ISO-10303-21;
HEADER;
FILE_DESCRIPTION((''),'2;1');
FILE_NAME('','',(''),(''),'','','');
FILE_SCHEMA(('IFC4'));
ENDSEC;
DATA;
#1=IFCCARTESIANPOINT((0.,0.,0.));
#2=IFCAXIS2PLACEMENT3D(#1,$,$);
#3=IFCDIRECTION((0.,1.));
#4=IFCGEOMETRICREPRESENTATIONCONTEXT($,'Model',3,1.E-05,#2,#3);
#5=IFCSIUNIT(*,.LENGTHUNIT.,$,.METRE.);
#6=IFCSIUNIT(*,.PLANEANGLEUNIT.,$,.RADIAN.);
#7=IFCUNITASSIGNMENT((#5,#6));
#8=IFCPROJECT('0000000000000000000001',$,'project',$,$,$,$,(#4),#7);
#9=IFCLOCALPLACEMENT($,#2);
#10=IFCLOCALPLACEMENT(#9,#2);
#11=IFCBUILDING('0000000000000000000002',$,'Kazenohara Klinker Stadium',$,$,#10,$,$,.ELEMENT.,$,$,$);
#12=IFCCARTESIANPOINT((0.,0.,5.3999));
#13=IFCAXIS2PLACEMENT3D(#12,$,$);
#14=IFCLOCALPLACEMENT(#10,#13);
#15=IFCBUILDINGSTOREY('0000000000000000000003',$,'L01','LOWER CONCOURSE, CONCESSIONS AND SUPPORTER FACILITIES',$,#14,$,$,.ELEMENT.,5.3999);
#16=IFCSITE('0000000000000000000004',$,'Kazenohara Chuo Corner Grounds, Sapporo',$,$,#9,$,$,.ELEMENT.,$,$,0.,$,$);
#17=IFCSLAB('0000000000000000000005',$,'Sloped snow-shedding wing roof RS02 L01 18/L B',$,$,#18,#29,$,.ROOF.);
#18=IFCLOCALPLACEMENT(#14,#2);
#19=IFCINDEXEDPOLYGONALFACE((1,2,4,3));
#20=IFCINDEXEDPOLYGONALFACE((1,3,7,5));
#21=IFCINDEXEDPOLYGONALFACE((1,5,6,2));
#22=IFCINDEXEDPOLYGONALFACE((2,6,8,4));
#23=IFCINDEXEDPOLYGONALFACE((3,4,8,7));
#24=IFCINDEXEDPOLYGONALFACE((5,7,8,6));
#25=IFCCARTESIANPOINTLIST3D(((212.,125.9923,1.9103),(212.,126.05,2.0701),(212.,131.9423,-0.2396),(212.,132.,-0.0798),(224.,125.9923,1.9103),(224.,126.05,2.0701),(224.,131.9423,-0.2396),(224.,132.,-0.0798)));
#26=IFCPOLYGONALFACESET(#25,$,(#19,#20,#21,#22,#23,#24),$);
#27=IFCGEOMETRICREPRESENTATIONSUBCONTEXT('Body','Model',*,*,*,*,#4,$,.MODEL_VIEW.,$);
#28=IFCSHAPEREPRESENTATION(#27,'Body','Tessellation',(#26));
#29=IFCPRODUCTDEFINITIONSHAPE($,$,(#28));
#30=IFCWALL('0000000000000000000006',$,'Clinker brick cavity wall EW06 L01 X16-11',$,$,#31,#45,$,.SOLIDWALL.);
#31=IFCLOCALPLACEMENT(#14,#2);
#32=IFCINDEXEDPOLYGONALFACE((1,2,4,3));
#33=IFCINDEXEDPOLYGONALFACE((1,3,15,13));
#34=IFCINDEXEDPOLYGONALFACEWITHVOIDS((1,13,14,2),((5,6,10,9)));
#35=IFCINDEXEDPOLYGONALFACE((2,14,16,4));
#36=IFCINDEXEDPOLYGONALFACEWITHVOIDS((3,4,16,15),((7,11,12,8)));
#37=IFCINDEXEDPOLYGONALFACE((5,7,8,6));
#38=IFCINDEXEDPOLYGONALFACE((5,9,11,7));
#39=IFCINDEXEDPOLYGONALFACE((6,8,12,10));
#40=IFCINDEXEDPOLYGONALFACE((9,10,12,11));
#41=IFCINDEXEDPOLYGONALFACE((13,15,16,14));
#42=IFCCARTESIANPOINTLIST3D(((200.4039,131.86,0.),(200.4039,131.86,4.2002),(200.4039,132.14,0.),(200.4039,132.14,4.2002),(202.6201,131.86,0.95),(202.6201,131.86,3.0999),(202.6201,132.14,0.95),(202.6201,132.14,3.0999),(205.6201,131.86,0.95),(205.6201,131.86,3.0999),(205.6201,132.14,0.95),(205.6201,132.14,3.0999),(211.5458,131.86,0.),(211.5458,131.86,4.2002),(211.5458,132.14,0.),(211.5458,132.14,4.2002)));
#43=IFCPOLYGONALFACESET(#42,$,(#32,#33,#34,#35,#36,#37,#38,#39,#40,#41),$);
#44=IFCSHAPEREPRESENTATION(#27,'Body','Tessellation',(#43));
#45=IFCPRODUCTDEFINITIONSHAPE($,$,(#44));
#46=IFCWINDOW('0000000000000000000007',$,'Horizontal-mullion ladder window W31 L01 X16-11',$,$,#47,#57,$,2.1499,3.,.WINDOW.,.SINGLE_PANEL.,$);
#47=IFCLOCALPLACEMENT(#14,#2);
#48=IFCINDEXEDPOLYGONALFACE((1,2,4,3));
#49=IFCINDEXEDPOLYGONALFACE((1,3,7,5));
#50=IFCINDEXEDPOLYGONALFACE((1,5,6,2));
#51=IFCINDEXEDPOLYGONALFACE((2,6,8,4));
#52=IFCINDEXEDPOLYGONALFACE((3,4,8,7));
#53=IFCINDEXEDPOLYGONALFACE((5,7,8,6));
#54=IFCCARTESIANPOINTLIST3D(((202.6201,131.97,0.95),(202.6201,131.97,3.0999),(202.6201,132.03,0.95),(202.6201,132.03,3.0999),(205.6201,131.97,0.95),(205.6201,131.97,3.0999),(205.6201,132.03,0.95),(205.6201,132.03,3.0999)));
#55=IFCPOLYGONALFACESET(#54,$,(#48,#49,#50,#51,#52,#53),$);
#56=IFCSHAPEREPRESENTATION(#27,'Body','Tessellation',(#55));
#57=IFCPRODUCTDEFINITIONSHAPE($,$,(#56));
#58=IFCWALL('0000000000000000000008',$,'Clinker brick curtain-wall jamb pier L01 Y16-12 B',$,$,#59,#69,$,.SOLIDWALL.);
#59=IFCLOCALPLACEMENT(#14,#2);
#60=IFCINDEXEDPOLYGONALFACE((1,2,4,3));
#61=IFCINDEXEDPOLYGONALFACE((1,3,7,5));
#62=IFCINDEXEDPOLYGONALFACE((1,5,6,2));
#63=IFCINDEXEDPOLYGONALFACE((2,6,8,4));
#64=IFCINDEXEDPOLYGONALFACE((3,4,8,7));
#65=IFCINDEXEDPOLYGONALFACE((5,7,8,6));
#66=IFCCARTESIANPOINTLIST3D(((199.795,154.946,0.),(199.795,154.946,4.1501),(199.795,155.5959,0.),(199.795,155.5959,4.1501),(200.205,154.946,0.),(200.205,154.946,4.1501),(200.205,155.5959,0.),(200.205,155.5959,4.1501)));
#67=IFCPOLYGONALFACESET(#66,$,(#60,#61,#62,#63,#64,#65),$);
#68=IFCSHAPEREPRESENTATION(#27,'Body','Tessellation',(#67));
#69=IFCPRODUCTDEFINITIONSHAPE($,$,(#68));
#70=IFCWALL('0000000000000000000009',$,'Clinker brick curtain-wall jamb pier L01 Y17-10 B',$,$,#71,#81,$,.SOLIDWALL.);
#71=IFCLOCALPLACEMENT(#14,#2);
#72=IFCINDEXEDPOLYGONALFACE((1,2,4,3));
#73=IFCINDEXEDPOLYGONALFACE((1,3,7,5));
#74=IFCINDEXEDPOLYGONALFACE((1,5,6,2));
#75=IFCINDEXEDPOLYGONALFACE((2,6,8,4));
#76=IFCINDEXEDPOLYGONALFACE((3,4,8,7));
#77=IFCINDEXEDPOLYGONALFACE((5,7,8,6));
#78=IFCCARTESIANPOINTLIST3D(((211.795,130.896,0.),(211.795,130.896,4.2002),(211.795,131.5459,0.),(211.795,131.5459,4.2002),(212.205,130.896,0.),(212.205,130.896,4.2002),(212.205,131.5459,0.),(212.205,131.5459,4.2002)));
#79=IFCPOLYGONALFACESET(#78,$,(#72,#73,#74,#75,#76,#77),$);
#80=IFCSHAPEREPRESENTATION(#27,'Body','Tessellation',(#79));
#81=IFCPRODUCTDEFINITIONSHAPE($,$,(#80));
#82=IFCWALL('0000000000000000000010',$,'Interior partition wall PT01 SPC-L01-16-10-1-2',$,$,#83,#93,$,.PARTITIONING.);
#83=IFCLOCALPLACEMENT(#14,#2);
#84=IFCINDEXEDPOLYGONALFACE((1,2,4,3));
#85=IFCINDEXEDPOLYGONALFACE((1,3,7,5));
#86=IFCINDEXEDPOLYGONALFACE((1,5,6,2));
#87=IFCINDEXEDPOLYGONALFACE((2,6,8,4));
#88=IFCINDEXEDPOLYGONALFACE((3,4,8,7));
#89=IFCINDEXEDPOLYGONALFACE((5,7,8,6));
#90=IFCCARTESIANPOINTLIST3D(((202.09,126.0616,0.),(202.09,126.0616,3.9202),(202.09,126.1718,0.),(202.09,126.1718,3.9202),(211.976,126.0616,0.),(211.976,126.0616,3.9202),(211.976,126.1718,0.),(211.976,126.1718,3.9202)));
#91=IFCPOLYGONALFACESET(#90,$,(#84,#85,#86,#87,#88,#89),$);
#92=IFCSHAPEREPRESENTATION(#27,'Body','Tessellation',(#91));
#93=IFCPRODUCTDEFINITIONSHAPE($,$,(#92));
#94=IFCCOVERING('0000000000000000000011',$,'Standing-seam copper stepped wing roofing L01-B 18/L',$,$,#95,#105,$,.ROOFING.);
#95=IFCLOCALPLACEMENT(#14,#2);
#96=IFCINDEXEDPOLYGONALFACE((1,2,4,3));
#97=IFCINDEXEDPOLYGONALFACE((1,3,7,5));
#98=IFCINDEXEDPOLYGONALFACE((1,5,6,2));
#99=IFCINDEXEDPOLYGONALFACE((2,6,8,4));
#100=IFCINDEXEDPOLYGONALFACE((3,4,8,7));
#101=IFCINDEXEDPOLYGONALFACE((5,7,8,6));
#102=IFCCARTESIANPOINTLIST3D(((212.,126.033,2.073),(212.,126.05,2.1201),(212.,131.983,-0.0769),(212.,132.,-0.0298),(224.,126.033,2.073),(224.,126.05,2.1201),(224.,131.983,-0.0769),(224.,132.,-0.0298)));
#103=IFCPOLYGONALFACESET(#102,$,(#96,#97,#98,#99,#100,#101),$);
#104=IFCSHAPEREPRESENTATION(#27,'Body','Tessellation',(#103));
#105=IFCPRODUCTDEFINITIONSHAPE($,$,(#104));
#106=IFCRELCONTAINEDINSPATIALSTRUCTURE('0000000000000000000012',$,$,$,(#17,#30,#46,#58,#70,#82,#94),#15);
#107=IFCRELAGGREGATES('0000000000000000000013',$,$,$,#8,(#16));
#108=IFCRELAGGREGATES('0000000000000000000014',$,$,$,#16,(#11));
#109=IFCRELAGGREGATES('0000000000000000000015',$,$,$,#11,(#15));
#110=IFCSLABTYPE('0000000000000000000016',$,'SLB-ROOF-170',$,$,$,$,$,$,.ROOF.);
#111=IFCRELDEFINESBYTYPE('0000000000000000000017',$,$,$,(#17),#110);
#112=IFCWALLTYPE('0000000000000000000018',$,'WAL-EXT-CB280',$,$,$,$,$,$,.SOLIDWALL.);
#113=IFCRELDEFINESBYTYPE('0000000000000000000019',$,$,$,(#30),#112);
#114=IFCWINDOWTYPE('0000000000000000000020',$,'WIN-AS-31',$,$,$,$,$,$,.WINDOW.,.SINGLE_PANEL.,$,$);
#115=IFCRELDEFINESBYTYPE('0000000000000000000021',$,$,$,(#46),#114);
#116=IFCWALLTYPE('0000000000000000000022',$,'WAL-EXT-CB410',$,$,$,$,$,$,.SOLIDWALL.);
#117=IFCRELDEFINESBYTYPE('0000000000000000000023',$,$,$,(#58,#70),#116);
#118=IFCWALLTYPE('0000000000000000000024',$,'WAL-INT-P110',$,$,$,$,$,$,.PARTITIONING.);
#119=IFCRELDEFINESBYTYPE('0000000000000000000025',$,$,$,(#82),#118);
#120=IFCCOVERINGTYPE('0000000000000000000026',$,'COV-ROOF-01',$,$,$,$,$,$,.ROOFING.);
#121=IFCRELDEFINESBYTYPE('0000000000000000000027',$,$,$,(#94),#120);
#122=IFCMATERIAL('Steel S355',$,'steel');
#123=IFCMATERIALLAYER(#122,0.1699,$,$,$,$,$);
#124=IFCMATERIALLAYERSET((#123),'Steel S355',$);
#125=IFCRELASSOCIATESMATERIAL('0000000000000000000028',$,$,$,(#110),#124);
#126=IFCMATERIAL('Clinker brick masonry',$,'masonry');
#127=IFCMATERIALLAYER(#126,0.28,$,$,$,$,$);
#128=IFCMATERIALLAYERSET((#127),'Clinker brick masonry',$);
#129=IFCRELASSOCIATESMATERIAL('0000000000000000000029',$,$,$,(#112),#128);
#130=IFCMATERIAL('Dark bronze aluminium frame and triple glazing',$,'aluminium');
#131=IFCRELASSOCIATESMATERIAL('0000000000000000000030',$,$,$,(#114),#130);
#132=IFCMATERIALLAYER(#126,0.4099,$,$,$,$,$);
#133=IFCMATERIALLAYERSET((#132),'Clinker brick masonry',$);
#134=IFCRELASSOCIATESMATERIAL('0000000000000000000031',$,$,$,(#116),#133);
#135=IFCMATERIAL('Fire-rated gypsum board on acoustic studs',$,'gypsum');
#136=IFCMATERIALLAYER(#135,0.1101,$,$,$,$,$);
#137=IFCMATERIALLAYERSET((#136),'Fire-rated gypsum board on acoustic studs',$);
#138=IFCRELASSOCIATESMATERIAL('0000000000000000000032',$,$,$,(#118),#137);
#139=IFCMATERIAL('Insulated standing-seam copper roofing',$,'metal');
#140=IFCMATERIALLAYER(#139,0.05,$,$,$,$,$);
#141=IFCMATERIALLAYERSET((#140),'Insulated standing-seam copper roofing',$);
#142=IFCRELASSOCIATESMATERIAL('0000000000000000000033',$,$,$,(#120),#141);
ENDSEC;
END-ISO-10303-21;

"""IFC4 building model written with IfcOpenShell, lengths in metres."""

from ifc_helpers import new_model, si_unit, direction, frame, frame_2d, origin, place, context, subcontext, project, spatial, polyline, rectangle, outline, extrude, material, layer, layer_set, type_object, element, fill, save


model = new_model("IFC4")

# Units and contexts
model_context = context("Model", 3, precision=1e-05, world=origin(), true_north=direction((0.0, 1.0)))
body_context = subcontext(model_context, "Body", "Model", "MODEL_VIEW")
ifc_project = project(units=[si_unit("LENGTHUNIT", "METRE"), si_unit("PLANEANGLEUNIT", "RADIAN")], contexts=[model_context])

# Site, building, storey
site_placement = place(None, origin())
site = spatial("IfcSite", under=ifc_project, at=site_placement, Name="Kazenohara Chuo Corner Grounds, Sapporo", CompositionType="ELEMENT", RefElevation=0.0)
building_placement = place(site_placement, origin())
building = spatial("IfcBuilding", under=site, at=building_placement, Name="Kazenohara Klinker Stadium", CompositionType="ELEMENT")
storey_placement = place(building_placement, frame((0.0, 0.0, 5.3999)))
storey = spatial("IfcBuildingStorey", under=building, at=storey_placement, Name="L01", Description="LOWER CONCOURSE, CONCESSIONS AND SUPPORTER FACILITIES", CompositionType="ELEMENT", Elevation=5.3999)

# Shared definitions
ifc_material_1 = material(Name="Steel S355", Category="steel")

# Slab
ifc_layer_1 = layer(ifc_material_1, 0.1699)
ifc_layer_set_1 = layer_set([ifc_layer_1], Name="Steel S355")
slab_type = type_object("IfcSlabType", Name="SLB-ROOF-170", PredefinedType="ROOF", material=ifc_layer_set_1)
slab_placement = place(storey_placement, frame((212.0, 126.05, 2.0701), z_axis=(0.0, 0.339827, 0.940488), x_axis=(1.0, 0.0, 0.0)))
element("IfcSlab", 1, at=slab_placement, inside=storey, type_object=slab_type, Name="Sloped snow-shedding wing roof RS02 L01 18/L B", PredefinedType="ROOF", context=body_context, shape_type="SweptSolid", body=[
    extrude(outline(polyline([(0.0, 0.0), (12.0, 0.0), (12.0, 6.3265), (0.0, 6.3265), (0.0, 0.0)])), origin(), (0.0, 0.0, -1.0), 0.1699),
])

# Wall, opening, window
ifc_material_2 = material(Name="Clinker brick masonry", Category="masonry")
ifc_layer_2 = layer(ifc_material_2, 0.28)
ifc_layer_set_2 = layer_set([ifc_layer_2], Name="Clinker brick masonry")
wall_type_1 = type_object("IfcWallType", Name="WAL-EXT-CB280", PredefinedType="SOLIDWALL", material=ifc_layer_set_2)
wall_1_placement = place(storey_placement, frame((200.4041, 132.0, 0.0), z_axis=(0.0, 0.0, 1.0), x_axis=(1.0, 0.0, 0.0)))
wall_1 = element("IfcWall", 2, at=wall_1_placement, inside=storey, type_object=wall_type_1, Name="Clinker brick cavity wall EW06 L01 X16-11", PredefinedType="SOLIDWALL", context=body_context, shape_type="SweptSolid", body=[
    extrude(rectangle(XDim=11.1418, YDim=0.28, at=frame_2d((5.5708, 0.0))), origin(), (0.0, 0.0, 1.0), 4.2002),
])
opening_placement = place(wall_1_placement, frame((2.2161, 0.0, 0.95)))
opening = element("IfcOpeningElement", 3, at=opening_placement, cuts=wall_1, PredefinedType="OPENING", context=body_context, shape_type="SweptSolid", body=[
    extrude(rectangle(XDim=3.0, YDim=2.1499, at=frame_2d((1.5, 1.075))), frame((0.0, 0.1499, 0.0), z_axis=(0.0, -1.0, 0.0), x_axis=(1.0, 0.0, 0.0)), (0.0, 0.0, 1.0), 0.3),
])
ifc_material_3 = material(Name="Dark bronze aluminium frame and triple glazing", Category="aluminium")
window_type = type_object("IfcWindowType", Name="WIN-AS-31", PartitioningType="SINGLE_PANEL", PredefinedType="WINDOW", material=ifc_material_3)
window_placement = place(opening_placement, origin())
window = element("IfcWindow", 4, at=window_placement, inside=storey, type_object=window_type, Name="Horizontal-mullion ladder window W31 L01 X16-11", OverallHeight=2.1499, OverallWidth=3.0, PartitioningType="SINGLE_PANEL", PredefinedType="WINDOW", context=body_context, shape_type="SweptSolid", body=[
    extrude(rectangle(XDim=3.0, YDim=2.1499, at=frame_2d((1.5, 1.075))), frame((0.0, 0.03, 0.0), z_axis=(0.0, -1.0, 0.0), x_axis=(1.0, 0.0, 0.0)), (0.0, 0.0, 1.0), 0.0601),
])
fill(opening, window)

# Walls
ifc_layer_3 = layer(ifc_material_2, 0.4099)
ifc_layer_set_3 = layer_set([ifc_layer_3], Name="Clinker brick masonry")
wall_type_2 = type_object("IfcWallType", Name="WAL-EXT-CB410", PredefinedType="SOLIDWALL", material=ifc_layer_set_3)
wall_2_placement = place(storey_placement, frame((200.0, 154.946, 0.0), z_axis=(0.0, 0.0, 1.0), x_axis=(0.0, 1.0, 0.0)))
element("IfcWall", 5, at=wall_2_placement, inside=storey, type_object=wall_type_2, Name="Clinker brick curtain-wall jamb pier L01 Y16-12 B", PredefinedType="SOLIDWALL", context=body_context, shape_type="SweptSolid", body=[
    extrude(rectangle(XDim=0.6499, YDim=0.4099, at=frame_2d((0.325, 0.0))), origin(), (0.0, 0.0, 1.0), 4.1501),
])
wall_3_placement = place(storey_placement, frame((212.0, 130.896, 0.0), z_axis=(0.0, 0.0, 1.0), x_axis=(0.0, 1.0, 0.0)))
element("IfcWall", 6, at=wall_3_placement, inside=storey, type_object=wall_type_2, Name="Clinker brick curtain-wall jamb pier L01 Y17-10 B", PredefinedType="SOLIDWALL", context=body_context, shape_type="SweptSolid", body=[
    extrude(rectangle(XDim=0.6499, YDim=0.4099, at=frame_2d((0.325, 0.0))), origin(), (0.0, 0.0, 1.0), 4.2002),
])
ifc_material_4 = material(Name="Fire-rated gypsum board on acoustic studs", Category="gypsum")
ifc_layer_4 = layer(ifc_material_4, 0.1101)
ifc_layer_set_4 = layer_set([ifc_layer_4], Name="Fire-rated gypsum board on acoustic studs")
wall_type_3 = type_object("IfcWallType", Name="WAL-INT-P110", PredefinedType="PARTITIONING", material=ifc_layer_set_4)
wall_4_placement = place(storey_placement, frame((202.0901, 126.1167, 0.0), z_axis=(0.0, 0.0, 1.0), x_axis=(1.0, 0.0, 0.0)))
element("IfcWall", 7, at=wall_4_placement, inside=storey, type_object=wall_type_3, Name="Interior partition wall PT01 SPC-L01-16-10-1-2", PredefinedType="PARTITIONING", context=body_context, shape_type="SweptSolid", body=[
    extrude(rectangle(XDim=9.886, YDim=0.1101, at=frame_2d((4.9429, 0.0))), origin(), (0.0, 0.0, 1.0), 3.9202),
])

# Covering
ifc_material_5 = material(Name="Insulated standing-seam copper roofing", Category="metal")
ifc_layer_5 = layer(ifc_material_5, 0.05)
ifc_layer_set_5 = layer_set([ifc_layer_5], Name="Insulated standing-seam copper roofing")
covering_type = type_object("IfcCoveringType", Name="COV-ROOF-01", PredefinedType="ROOFING", material=ifc_layer_set_5)
covering_placement = place(storey_placement, frame((212.0, 126.05, 2.1201), z_axis=(0.0, 0.339827, 0.940488), x_axis=(1.0, 0.0, 0.0)))
element("IfcCovering", 8, at=covering_placement, inside=storey, type_object=covering_type, Name="Standing-seam copper stepped wing roofing L01-B 18/L", PredefinedType="ROOFING", context=body_context, shape_type="SweptSolid", body=[
    extrude(outline(polyline([(0.0, 0.0), (12.0, 0.0), (12.0, 6.3265), (0.0, 6.3265), (0.0, 0.0)])), origin(), (0.0, 0.0, -1.0), 0.05),
])

save(model, "model.ifc")
